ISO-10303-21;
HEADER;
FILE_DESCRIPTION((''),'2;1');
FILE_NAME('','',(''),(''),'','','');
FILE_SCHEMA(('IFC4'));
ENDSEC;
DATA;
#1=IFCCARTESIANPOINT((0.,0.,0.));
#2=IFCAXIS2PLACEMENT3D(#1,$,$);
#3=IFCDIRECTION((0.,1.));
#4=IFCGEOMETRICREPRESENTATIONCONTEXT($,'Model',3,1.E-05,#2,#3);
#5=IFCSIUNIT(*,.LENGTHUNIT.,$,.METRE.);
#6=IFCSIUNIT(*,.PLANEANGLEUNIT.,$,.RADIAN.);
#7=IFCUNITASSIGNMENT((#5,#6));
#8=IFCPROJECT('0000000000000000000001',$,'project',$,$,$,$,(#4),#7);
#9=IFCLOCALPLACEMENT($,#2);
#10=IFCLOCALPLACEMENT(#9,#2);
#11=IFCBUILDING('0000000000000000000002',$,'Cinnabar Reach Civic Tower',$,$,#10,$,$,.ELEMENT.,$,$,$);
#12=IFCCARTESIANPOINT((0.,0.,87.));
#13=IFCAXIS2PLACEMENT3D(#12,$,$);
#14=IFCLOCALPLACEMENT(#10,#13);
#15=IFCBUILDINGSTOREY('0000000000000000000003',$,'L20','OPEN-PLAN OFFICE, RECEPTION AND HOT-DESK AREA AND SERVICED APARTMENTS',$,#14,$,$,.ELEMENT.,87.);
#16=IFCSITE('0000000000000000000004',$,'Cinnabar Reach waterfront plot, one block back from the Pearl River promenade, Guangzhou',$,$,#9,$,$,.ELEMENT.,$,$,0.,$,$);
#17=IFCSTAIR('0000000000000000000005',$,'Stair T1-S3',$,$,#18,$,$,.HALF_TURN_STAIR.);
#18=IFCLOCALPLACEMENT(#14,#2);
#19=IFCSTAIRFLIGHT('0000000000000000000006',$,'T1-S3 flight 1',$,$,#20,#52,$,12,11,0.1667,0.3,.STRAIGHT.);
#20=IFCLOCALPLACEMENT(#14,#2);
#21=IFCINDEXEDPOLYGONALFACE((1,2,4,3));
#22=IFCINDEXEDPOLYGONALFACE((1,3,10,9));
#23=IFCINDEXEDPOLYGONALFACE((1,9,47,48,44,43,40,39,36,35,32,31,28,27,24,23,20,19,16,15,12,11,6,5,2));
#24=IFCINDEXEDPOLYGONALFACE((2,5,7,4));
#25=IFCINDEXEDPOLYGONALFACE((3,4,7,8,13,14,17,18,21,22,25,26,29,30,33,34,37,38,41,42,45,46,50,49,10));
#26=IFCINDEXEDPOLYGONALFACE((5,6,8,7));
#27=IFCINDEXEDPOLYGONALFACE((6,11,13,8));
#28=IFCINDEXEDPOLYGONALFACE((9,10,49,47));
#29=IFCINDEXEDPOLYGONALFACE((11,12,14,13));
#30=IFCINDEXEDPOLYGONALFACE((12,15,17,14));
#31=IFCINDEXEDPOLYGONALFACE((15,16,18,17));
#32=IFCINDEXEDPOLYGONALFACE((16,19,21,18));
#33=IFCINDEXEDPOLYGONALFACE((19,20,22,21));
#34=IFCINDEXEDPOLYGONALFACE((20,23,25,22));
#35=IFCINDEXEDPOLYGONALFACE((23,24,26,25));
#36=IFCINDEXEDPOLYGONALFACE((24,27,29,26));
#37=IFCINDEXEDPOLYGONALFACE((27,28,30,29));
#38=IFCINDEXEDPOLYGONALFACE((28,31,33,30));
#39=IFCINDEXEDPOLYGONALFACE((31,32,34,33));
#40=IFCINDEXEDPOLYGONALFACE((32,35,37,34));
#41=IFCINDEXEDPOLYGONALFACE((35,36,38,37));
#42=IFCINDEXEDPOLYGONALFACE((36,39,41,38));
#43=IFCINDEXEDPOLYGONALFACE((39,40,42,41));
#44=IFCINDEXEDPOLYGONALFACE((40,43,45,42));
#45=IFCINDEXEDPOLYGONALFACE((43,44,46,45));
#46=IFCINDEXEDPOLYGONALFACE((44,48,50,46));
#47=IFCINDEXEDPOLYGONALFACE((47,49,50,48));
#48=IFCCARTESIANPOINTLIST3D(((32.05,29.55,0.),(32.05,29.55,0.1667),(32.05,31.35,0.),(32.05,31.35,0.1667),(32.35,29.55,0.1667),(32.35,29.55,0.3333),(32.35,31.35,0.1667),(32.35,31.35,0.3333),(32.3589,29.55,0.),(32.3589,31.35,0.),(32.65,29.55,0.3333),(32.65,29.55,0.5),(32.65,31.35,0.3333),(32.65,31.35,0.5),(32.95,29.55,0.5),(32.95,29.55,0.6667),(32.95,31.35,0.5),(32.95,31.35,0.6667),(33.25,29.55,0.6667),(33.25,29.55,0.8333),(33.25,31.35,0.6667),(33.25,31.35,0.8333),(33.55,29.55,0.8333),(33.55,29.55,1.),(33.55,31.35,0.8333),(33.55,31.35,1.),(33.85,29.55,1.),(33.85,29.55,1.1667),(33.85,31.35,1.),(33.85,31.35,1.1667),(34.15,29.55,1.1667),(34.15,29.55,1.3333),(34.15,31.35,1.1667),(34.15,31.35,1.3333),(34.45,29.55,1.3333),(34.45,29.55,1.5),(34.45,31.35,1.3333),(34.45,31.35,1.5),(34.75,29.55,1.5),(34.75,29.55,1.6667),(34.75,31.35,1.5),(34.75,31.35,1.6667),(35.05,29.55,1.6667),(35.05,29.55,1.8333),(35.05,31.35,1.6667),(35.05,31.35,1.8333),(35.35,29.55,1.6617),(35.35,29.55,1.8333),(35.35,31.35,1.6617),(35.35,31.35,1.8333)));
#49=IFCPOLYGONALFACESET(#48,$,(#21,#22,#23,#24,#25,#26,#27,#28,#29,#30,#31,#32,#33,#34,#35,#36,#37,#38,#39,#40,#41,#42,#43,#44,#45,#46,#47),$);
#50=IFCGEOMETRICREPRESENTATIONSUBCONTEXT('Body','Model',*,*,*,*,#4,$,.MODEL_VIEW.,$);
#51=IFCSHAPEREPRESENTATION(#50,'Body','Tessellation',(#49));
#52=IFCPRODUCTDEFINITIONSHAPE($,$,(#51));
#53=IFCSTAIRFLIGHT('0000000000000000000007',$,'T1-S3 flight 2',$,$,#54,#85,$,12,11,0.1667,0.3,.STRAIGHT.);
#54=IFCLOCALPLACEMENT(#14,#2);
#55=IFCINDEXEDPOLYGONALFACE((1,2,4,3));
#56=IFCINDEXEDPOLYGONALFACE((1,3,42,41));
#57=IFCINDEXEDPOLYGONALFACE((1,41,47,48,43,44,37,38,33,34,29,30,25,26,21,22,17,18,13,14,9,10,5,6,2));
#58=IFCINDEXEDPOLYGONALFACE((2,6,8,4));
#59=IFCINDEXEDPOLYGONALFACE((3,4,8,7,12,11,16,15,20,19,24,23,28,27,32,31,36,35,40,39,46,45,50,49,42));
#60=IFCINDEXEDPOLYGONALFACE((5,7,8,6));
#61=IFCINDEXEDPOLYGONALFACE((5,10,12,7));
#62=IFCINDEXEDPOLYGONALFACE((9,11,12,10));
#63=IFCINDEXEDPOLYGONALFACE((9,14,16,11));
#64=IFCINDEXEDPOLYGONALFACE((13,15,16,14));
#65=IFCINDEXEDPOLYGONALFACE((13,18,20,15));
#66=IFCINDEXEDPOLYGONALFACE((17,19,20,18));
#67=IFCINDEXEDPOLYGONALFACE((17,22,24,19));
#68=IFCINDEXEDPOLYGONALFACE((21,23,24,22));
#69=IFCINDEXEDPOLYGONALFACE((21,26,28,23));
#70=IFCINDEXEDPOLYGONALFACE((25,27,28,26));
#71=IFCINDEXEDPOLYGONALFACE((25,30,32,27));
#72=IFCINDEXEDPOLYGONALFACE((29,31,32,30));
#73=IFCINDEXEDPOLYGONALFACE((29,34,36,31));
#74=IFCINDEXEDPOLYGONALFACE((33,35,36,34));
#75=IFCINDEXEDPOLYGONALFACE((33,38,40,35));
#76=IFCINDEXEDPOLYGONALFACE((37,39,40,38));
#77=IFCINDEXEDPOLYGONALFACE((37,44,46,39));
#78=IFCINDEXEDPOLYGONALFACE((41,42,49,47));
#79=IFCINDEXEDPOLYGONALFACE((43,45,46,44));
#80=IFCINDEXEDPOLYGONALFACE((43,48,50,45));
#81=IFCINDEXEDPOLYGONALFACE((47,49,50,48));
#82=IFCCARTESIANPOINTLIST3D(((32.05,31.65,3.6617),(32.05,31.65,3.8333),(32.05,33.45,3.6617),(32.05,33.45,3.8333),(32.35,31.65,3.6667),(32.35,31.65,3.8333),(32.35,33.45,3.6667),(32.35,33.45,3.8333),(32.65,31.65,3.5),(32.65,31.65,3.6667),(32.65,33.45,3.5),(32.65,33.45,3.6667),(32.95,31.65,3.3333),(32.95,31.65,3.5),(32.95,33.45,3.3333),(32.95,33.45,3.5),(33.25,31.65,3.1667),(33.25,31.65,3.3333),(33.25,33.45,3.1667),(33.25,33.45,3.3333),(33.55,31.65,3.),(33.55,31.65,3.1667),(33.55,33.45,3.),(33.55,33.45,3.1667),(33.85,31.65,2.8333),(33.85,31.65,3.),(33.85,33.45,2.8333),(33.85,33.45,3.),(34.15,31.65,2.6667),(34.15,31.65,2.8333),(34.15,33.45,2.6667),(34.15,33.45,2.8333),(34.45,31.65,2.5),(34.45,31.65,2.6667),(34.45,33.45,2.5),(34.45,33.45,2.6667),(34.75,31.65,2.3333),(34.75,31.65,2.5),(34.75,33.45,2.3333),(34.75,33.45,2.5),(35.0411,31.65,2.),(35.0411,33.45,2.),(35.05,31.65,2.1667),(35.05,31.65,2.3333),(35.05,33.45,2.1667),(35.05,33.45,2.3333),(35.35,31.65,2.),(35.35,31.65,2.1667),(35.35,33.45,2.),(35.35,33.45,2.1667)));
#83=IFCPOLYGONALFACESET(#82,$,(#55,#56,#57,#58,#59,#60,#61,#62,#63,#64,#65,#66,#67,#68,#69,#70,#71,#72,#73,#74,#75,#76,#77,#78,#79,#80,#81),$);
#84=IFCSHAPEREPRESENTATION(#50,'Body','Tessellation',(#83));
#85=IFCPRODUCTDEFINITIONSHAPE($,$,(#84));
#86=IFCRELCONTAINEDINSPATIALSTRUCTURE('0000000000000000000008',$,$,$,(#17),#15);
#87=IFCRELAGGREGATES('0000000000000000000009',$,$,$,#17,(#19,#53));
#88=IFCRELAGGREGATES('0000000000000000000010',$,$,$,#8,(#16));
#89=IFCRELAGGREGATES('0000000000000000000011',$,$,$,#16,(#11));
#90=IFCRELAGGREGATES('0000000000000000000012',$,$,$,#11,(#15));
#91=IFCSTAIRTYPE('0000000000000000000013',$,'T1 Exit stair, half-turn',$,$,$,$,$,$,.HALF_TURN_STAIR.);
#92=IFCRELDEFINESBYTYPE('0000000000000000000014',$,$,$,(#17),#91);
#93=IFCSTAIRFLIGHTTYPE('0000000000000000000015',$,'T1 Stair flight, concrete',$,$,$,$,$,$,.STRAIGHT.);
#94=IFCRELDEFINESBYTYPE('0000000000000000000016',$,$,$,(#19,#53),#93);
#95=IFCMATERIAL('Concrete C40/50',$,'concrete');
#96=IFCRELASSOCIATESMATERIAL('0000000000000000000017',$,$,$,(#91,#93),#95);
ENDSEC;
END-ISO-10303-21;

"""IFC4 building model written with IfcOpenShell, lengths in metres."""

from ifc_helpers import new_model, si_unit, direction, frame, origin, place, context, subcontext, project, spatial, polyline, outline, extrude, material, type_object, element, aggregate, save


model = new_model("IFC4")

# Units and contexts
model_context = context("Model", 3, precision=1e-05, world=origin(), true_north=direction((0.0, 1.0)))
body_context = subcontext(model_context, "Body", "Model", "MODEL_VIEW")
ifc_project = project(units=[si_unit("LENGTHUNIT", "METRE"), si_unit("PLANEANGLEUNIT", "RADIAN")], contexts=[model_context])

# Site, building, storey
site_placement = place(None, origin())
site = spatial("IfcSite", under=ifc_project, at=site_placement, Name="Cinnabar Reach waterfront plot, one block back from the Pearl River promenade, Guangzhou", CompositionType="ELEMENT", RefElevation=0.0)
building_placement = place(site_placement, origin())
building = spatial("IfcBuilding", under=site, at=building_placement, Name="Cinnabar Reach Civic Tower", CompositionType="ELEMENT")
storey_placement = place(building_placement, frame((0.0, 0.0, 87.0)))
storey = spatial("IfcBuildingStorey", under=building, at=storey_placement, Name="L20", Description="OPEN-PLAN OFFICE, RECEPTION AND HOT-DESK AREA AND SERVICED APARTMENTS", CompositionType="ELEMENT", Elevation=87.0)

# Stair, stair flights
ifc_material_1 = material(Name="Concrete C40/50", Category="concrete")
stair_type = type_object("IfcStairType", Name="T1 Exit stair, half-turn", PredefinedType="HALF_TURN_STAIR", material=ifc_material_1)
stair_placement = place(storey_placement, origin())
stair = element("IfcStair", 1, at=stair_placement, inside=storey, type_object=stair_type, Name="Stair T1-S3", PredefinedType="HALF_TURN_STAIR")
stair_flight_type = type_object("IfcStairFlightType", Name="T1 Stair flight, concrete", PredefinedType="STRAIGHT", material=ifc_material_1)
stair_flight_1_placement = place(storey_placement, frame((32.05, 30.45, 0.0), z_axis=(0.0, 0.0, 1.0), x_axis=(1.0, 0.0, 0.0)))
stair_flight_1 = element("IfcStairFlight", 2, at=stair_flight_1_placement, type_object=stair_flight_type, Name="T1-S3 flight 1", NumberOfRisers=12, NumberOfTreads=11, PredefinedType="STRAIGHT", RiserHeight=0.1667, TreadLength=0.3, context=body_context, shape_type="SweptSolid", body=[
    extrude(outline(polyline([(0.0, 0.0), (0.0, 0.1667), (0.3, 0.1667), (0.3, 0.3333), (0.6, 0.3333), (0.6, 0.5), (0.9, 0.5), (0.9, 0.6667), (1.2, 0.6667), (1.2, 0.8333), (1.5, 0.8333), (1.5, 1.0), (1.8, 1.0), (1.8, 1.1667), (2.1, 1.1667), (2.1, 1.3333), (2.4, 1.3333), (2.4, 1.5), (2.7, 1.5), (2.7, 1.6667), (3.0, 1.6667), (3.0, 1.8333), (3.3, 1.8333), (3.3, 2.0), (3.3, 1.6617), (0.3089, 0.0), (0.0, 0.0)])), frame((0.0, 0.9, 0.0), z_axis=(0.0, -1.0, 0.0), x_axis=(1.0, 0.0, 0.0)), (0.0, 0.0, 1.0), 1.8),
])
stair_flight_2_placement = place(storey_placement, frame((35.35, 32.55, 2.0), z_axis=(0.0, 0.0, 1.0), x_axis=(-1.0, 0.0, 0.0)))
stair_flight_2 = element("IfcStairFlight", 3, at=stair_flight_2_placement, type_object=stair_flight_type, Name="T1-S3 flight 2", NumberOfRisers=12, NumberOfTreads=11, PredefinedType="STRAIGHT", RiserHeight=0.1667, TreadLength=0.3, context=body_context, shape_type="SweptSolid", body=[
    extrude(outline(polyline([(0.0, 0.0), (0.0, 0.1667), (0.3, 0.1667), (0.3, 0.3333), (0.6, 0.3333), (0.6, 0.5), (0.9, 0.5), (0.9, 0.6667), (1.2, 0.6667), (1.2, 0.8333), (1.5, 0.8333), (1.5, 1.0), (1.8, 1.0), (1.8, 1.1667), (2.1, 1.1667), (2.1, 1.3333), (2.4, 1.3333), (2.4, 1.5), (2.7, 1.5), (2.7, 1.6667), (3.0, 1.6667), (3.0, 1.8333), (3.3, 1.8333), (3.3, 2.0), (3.3, 1.6617), (0.3089, 0.0), (0.0, 0.0)])), frame((0.0, 0.9, 0.0), z_axis=(0.0, -1.0, 0.0), x_axis=(1.0, 0.0, 0.0)), (0.0, 0.0, 1.0), 1.8),
])
aggregate(stair, [stair_flight_1, stair_flight_2])

save(model, "model.ifc")
